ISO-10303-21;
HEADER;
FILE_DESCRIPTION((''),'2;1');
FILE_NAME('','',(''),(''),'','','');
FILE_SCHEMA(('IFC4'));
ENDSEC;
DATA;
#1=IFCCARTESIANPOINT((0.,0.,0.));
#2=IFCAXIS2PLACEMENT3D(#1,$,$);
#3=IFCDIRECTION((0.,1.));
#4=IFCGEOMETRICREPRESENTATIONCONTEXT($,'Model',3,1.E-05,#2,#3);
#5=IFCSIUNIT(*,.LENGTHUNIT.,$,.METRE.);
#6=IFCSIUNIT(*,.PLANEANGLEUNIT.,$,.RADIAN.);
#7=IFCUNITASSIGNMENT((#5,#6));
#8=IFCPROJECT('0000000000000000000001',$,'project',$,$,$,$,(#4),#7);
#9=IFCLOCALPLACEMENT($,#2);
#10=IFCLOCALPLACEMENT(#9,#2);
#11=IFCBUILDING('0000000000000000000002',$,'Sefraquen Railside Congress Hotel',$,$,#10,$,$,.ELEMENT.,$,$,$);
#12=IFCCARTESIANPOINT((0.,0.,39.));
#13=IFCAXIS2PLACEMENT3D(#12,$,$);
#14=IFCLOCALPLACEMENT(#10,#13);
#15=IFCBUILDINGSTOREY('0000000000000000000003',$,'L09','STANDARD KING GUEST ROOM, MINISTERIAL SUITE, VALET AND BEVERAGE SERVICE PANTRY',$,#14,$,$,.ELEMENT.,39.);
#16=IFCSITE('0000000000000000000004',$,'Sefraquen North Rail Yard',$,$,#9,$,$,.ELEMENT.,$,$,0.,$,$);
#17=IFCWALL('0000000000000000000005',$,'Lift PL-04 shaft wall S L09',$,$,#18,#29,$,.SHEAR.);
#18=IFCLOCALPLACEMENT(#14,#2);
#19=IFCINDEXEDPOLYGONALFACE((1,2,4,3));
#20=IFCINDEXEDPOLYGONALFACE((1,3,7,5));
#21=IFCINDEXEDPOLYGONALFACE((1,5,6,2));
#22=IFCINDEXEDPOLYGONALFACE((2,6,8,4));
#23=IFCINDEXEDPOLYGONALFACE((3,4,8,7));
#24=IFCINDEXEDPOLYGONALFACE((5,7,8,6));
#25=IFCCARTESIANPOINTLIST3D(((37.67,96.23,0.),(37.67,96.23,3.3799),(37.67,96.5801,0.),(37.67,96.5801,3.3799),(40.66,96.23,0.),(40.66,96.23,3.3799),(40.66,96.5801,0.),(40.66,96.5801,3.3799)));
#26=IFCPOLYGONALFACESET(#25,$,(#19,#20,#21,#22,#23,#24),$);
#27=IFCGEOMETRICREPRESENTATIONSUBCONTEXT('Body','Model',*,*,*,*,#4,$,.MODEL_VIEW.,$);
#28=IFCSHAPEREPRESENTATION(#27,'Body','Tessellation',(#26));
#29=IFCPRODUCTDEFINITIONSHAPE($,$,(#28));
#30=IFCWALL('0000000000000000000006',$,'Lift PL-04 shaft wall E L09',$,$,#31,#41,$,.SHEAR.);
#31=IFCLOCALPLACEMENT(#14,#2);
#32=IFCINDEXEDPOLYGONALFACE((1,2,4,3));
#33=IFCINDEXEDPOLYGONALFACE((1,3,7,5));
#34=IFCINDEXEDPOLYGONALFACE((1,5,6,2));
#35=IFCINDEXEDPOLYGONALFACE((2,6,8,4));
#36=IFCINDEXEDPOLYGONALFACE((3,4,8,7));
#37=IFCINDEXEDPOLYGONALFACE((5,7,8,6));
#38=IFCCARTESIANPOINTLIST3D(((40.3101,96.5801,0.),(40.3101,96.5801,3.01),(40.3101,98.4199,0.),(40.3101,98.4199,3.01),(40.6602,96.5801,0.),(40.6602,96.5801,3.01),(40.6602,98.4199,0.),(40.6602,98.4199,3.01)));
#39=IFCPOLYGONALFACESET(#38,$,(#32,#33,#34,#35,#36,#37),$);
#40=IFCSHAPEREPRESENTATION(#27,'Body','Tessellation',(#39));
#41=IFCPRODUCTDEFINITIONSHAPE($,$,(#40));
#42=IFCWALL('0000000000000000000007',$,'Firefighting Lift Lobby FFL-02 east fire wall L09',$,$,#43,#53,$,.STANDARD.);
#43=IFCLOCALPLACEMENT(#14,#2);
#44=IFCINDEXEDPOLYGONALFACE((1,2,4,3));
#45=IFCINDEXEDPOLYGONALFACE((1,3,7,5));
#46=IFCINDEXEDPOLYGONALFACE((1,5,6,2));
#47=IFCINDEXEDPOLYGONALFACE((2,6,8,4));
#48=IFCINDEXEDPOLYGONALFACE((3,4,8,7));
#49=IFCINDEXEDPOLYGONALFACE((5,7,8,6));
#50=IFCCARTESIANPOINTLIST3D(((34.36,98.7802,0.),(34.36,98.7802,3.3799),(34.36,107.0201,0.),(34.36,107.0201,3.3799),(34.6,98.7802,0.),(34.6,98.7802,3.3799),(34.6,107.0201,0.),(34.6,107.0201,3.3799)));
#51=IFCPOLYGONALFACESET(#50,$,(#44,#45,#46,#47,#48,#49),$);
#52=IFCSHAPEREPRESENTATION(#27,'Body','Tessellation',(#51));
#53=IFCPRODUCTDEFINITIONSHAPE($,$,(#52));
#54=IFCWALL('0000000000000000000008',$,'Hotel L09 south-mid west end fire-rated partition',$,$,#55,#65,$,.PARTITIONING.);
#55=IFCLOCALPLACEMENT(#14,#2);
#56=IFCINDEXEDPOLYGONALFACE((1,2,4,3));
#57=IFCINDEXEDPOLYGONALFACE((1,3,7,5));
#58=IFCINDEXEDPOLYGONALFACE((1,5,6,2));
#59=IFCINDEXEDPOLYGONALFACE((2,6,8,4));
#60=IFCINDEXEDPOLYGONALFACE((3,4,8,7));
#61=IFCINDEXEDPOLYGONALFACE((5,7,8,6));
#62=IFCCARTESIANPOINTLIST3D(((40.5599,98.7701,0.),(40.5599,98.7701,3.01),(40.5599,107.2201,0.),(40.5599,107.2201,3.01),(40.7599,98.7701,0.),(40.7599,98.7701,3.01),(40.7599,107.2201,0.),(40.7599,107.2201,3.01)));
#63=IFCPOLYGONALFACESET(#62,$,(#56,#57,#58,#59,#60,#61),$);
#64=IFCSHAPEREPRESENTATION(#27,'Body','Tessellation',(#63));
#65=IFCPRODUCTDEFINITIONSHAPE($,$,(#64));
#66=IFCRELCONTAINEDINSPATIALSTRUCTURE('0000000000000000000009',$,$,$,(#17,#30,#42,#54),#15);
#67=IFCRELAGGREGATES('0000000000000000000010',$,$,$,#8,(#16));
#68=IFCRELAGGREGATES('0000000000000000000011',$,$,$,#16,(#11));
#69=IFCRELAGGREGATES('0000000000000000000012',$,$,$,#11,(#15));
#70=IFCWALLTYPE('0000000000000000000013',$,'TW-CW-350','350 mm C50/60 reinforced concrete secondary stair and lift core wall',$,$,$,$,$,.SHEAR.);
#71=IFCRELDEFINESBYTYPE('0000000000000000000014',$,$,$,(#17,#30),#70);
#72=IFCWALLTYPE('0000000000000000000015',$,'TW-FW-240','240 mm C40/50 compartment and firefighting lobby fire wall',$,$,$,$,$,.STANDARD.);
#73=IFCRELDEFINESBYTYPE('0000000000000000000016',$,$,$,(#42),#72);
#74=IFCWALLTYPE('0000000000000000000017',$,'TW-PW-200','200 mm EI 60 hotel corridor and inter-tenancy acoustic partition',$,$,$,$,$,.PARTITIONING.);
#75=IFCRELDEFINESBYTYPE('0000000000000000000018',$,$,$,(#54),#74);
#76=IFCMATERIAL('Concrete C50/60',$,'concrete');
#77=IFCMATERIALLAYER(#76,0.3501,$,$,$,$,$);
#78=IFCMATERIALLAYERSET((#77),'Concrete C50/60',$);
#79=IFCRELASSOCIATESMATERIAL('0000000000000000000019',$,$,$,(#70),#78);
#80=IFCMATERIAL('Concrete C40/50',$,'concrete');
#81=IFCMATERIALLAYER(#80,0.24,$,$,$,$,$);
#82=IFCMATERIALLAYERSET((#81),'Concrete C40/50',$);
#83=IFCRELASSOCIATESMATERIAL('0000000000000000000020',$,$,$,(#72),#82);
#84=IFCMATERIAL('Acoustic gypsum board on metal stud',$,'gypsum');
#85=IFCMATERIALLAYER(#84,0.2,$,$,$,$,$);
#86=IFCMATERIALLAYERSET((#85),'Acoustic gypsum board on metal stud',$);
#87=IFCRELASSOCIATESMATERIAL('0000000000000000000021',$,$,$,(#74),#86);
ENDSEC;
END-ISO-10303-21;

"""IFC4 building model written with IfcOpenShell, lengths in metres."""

from ifc_helpers import new_model, si_unit, direction, frame, frame_2d, origin, place, context, subcontext, project, spatial, rectangle, extrude, material, layer, layer_set, type_object, element, save


model = new_model("IFC4")

# Units and contexts
model_context = context("Model", 3, precision=1e-05, world=origin(), true_north=direction((0.0, 1.0)))
body_context = subcontext(model_context, "Body", "Model", "MODEL_VIEW")
ifc_project = project(units=[si_unit("LENGTHUNIT", "METRE"), si_unit("PLANEANGLEUNIT", "RADIAN")], contexts=[model_context])

# Site, building, storey
site_placement = place(None, origin())
site = spatial("IfcSite", under=ifc_project, at=site_placement, Name="Sefraquen North Rail Yard", CompositionType="ELEMENT", RefElevation=0.0)
building_placement = place(site_placement, origin())
building = spatial("IfcBuilding", under=site, at=building_placement, Name="Sefraquen Railside Congress Hotel", CompositionType="ELEMENT")
storey_placement = place(building_placement, frame((0.0, 0.0, 39.0)))
storey = spatial("IfcBuildingStorey", under=building, at=storey_placement, Name="L09", Description="STANDARD KING GUEST ROOM, MINISTERIAL SUITE, VALET AND BEVERAGE SERVICE PANTRY", CompositionType="ELEMENT", Elevation=39.0)

# Shared definitions
ifc_material_1 = material(Name="Concrete C50/60", Category="concrete")
ifc_layer_1 = layer(ifc_material_1, 0.3501)
ifc_layer_set_1 = layer_set([ifc_layer_1], Name="Concrete C50/60")
wall_type_1 = type_object("IfcWallType", Name="TW-CW-350", Description="350 mm C50/60 reinforced concrete secondary stair and lift core wall", PredefinedType="SHEAR", material=ifc_layer_set_1)

# Walls
wall_1_placement = place(storey_placement, frame((37.6699, 96.405, 0.0), z_axis=(0.0, 0.0, 1.0), x_axis=(1.0, 0.0, 0.0)))
element("IfcWall", 1, at=wall_1_placement, inside=storey, type_object=wall_type_1, Name="Lift PL-04 shaft wall S L09", PredefinedType="SHEAR", context=body_context, shape_type="SweptSolid", body=[
    extrude(rectangle(XDim=2.99, YDim=0.3501, at=frame_2d((1.4951, 0.0))), origin(), (0.0, 0.0, 1.0), 3.3799),
])
wall_2_placement = place(storey_placement, frame((40.4851, 96.5801, 0.0), z_axis=(0.0, 0.0, 1.0), x_axis=(0.0, 1.0, 0.0)))
element("IfcWall", 2, at=wall_2_placement, inside=storey, type_object=wall_type_1, Name="Lift PL-04 shaft wall E L09", PredefinedType="SHEAR", context=body_context, shape_type="SweptSolid", body=[
    extrude(rectangle(XDim=1.8398, YDim=0.3501, at=frame_2d((0.9199, 0.0))), origin(), (0.0, 0.0, 1.0), 3.01),
])
ifc_material_2 = material(Name="Concrete C40/50", Category="concrete")
ifc_layer_2 = layer(ifc_material_2, 0.24)
ifc_layer_set_2 = layer_set([ifc_layer_2], Name="Concrete C40/50")
wall_type_2 = type_object("IfcWallType", Name="TW-FW-240", Description="240 mm C40/50 compartment and firefighting lobby fire wall", PredefinedType="STANDARD", material=ifc_layer_set_2)
wall_3_placement = place(storey_placement, frame((34.48, 98.78, 0.0), z_axis=(0.0, 0.0, 1.0), x_axis=(0.0, 1.0, 0.0)))
element("IfcWall", 3, at=wall_3_placement, inside=storey, type_object=wall_type_2, Name="Firefighting Lift Lobby FFL-02 east fire wall L09", PredefinedType="STANDARD", context=body_context, shape_type="SweptSolid", body=[
    extrude(rectangle(XDim=8.24, YDim=0.24, at=frame_2d((4.1201, 0.0))), origin(), (0.0, 0.0, 1.0), 3.3799),
])
ifc_material_3 = material(Name="Acoustic gypsum board on metal stud", Category="gypsum")
ifc_layer_3 = layer(ifc_material_3, 0.2)
ifc_layer_set_3 = layer_set([ifc_layer_3], Name="Acoustic gypsum board on metal stud")
wall_type_3 = type_object("IfcWallType", Name="TW-PW-200", Description="200 mm EI 60 hotel corridor and inter-tenancy acoustic partition", PredefinedType="PARTITIONING", material=ifc_layer_set_3)
wall_4_placement = place(storey_placement, frame((40.6599, 98.77, 0.0), z_axis=(0.0, 0.0, 1.0), x_axis=(0.0, 1.0, 0.0)))
element("IfcWall", 4, at=wall_4_placement, inside=storey, type_object=wall_type_3, Name="Hotel L09 south-mid west end fire-rated partition", PredefinedType="PARTITIONING", context=body_context, shape_type="SweptSolid", body=[
    extrude(rectangle(XDim=8.45, YDim=0.2, at=frame_2d((4.2251, 0.0))), origin(), (0.0, 0.0, 1.0), 3.01),
])

save(model, "model.ifc")
